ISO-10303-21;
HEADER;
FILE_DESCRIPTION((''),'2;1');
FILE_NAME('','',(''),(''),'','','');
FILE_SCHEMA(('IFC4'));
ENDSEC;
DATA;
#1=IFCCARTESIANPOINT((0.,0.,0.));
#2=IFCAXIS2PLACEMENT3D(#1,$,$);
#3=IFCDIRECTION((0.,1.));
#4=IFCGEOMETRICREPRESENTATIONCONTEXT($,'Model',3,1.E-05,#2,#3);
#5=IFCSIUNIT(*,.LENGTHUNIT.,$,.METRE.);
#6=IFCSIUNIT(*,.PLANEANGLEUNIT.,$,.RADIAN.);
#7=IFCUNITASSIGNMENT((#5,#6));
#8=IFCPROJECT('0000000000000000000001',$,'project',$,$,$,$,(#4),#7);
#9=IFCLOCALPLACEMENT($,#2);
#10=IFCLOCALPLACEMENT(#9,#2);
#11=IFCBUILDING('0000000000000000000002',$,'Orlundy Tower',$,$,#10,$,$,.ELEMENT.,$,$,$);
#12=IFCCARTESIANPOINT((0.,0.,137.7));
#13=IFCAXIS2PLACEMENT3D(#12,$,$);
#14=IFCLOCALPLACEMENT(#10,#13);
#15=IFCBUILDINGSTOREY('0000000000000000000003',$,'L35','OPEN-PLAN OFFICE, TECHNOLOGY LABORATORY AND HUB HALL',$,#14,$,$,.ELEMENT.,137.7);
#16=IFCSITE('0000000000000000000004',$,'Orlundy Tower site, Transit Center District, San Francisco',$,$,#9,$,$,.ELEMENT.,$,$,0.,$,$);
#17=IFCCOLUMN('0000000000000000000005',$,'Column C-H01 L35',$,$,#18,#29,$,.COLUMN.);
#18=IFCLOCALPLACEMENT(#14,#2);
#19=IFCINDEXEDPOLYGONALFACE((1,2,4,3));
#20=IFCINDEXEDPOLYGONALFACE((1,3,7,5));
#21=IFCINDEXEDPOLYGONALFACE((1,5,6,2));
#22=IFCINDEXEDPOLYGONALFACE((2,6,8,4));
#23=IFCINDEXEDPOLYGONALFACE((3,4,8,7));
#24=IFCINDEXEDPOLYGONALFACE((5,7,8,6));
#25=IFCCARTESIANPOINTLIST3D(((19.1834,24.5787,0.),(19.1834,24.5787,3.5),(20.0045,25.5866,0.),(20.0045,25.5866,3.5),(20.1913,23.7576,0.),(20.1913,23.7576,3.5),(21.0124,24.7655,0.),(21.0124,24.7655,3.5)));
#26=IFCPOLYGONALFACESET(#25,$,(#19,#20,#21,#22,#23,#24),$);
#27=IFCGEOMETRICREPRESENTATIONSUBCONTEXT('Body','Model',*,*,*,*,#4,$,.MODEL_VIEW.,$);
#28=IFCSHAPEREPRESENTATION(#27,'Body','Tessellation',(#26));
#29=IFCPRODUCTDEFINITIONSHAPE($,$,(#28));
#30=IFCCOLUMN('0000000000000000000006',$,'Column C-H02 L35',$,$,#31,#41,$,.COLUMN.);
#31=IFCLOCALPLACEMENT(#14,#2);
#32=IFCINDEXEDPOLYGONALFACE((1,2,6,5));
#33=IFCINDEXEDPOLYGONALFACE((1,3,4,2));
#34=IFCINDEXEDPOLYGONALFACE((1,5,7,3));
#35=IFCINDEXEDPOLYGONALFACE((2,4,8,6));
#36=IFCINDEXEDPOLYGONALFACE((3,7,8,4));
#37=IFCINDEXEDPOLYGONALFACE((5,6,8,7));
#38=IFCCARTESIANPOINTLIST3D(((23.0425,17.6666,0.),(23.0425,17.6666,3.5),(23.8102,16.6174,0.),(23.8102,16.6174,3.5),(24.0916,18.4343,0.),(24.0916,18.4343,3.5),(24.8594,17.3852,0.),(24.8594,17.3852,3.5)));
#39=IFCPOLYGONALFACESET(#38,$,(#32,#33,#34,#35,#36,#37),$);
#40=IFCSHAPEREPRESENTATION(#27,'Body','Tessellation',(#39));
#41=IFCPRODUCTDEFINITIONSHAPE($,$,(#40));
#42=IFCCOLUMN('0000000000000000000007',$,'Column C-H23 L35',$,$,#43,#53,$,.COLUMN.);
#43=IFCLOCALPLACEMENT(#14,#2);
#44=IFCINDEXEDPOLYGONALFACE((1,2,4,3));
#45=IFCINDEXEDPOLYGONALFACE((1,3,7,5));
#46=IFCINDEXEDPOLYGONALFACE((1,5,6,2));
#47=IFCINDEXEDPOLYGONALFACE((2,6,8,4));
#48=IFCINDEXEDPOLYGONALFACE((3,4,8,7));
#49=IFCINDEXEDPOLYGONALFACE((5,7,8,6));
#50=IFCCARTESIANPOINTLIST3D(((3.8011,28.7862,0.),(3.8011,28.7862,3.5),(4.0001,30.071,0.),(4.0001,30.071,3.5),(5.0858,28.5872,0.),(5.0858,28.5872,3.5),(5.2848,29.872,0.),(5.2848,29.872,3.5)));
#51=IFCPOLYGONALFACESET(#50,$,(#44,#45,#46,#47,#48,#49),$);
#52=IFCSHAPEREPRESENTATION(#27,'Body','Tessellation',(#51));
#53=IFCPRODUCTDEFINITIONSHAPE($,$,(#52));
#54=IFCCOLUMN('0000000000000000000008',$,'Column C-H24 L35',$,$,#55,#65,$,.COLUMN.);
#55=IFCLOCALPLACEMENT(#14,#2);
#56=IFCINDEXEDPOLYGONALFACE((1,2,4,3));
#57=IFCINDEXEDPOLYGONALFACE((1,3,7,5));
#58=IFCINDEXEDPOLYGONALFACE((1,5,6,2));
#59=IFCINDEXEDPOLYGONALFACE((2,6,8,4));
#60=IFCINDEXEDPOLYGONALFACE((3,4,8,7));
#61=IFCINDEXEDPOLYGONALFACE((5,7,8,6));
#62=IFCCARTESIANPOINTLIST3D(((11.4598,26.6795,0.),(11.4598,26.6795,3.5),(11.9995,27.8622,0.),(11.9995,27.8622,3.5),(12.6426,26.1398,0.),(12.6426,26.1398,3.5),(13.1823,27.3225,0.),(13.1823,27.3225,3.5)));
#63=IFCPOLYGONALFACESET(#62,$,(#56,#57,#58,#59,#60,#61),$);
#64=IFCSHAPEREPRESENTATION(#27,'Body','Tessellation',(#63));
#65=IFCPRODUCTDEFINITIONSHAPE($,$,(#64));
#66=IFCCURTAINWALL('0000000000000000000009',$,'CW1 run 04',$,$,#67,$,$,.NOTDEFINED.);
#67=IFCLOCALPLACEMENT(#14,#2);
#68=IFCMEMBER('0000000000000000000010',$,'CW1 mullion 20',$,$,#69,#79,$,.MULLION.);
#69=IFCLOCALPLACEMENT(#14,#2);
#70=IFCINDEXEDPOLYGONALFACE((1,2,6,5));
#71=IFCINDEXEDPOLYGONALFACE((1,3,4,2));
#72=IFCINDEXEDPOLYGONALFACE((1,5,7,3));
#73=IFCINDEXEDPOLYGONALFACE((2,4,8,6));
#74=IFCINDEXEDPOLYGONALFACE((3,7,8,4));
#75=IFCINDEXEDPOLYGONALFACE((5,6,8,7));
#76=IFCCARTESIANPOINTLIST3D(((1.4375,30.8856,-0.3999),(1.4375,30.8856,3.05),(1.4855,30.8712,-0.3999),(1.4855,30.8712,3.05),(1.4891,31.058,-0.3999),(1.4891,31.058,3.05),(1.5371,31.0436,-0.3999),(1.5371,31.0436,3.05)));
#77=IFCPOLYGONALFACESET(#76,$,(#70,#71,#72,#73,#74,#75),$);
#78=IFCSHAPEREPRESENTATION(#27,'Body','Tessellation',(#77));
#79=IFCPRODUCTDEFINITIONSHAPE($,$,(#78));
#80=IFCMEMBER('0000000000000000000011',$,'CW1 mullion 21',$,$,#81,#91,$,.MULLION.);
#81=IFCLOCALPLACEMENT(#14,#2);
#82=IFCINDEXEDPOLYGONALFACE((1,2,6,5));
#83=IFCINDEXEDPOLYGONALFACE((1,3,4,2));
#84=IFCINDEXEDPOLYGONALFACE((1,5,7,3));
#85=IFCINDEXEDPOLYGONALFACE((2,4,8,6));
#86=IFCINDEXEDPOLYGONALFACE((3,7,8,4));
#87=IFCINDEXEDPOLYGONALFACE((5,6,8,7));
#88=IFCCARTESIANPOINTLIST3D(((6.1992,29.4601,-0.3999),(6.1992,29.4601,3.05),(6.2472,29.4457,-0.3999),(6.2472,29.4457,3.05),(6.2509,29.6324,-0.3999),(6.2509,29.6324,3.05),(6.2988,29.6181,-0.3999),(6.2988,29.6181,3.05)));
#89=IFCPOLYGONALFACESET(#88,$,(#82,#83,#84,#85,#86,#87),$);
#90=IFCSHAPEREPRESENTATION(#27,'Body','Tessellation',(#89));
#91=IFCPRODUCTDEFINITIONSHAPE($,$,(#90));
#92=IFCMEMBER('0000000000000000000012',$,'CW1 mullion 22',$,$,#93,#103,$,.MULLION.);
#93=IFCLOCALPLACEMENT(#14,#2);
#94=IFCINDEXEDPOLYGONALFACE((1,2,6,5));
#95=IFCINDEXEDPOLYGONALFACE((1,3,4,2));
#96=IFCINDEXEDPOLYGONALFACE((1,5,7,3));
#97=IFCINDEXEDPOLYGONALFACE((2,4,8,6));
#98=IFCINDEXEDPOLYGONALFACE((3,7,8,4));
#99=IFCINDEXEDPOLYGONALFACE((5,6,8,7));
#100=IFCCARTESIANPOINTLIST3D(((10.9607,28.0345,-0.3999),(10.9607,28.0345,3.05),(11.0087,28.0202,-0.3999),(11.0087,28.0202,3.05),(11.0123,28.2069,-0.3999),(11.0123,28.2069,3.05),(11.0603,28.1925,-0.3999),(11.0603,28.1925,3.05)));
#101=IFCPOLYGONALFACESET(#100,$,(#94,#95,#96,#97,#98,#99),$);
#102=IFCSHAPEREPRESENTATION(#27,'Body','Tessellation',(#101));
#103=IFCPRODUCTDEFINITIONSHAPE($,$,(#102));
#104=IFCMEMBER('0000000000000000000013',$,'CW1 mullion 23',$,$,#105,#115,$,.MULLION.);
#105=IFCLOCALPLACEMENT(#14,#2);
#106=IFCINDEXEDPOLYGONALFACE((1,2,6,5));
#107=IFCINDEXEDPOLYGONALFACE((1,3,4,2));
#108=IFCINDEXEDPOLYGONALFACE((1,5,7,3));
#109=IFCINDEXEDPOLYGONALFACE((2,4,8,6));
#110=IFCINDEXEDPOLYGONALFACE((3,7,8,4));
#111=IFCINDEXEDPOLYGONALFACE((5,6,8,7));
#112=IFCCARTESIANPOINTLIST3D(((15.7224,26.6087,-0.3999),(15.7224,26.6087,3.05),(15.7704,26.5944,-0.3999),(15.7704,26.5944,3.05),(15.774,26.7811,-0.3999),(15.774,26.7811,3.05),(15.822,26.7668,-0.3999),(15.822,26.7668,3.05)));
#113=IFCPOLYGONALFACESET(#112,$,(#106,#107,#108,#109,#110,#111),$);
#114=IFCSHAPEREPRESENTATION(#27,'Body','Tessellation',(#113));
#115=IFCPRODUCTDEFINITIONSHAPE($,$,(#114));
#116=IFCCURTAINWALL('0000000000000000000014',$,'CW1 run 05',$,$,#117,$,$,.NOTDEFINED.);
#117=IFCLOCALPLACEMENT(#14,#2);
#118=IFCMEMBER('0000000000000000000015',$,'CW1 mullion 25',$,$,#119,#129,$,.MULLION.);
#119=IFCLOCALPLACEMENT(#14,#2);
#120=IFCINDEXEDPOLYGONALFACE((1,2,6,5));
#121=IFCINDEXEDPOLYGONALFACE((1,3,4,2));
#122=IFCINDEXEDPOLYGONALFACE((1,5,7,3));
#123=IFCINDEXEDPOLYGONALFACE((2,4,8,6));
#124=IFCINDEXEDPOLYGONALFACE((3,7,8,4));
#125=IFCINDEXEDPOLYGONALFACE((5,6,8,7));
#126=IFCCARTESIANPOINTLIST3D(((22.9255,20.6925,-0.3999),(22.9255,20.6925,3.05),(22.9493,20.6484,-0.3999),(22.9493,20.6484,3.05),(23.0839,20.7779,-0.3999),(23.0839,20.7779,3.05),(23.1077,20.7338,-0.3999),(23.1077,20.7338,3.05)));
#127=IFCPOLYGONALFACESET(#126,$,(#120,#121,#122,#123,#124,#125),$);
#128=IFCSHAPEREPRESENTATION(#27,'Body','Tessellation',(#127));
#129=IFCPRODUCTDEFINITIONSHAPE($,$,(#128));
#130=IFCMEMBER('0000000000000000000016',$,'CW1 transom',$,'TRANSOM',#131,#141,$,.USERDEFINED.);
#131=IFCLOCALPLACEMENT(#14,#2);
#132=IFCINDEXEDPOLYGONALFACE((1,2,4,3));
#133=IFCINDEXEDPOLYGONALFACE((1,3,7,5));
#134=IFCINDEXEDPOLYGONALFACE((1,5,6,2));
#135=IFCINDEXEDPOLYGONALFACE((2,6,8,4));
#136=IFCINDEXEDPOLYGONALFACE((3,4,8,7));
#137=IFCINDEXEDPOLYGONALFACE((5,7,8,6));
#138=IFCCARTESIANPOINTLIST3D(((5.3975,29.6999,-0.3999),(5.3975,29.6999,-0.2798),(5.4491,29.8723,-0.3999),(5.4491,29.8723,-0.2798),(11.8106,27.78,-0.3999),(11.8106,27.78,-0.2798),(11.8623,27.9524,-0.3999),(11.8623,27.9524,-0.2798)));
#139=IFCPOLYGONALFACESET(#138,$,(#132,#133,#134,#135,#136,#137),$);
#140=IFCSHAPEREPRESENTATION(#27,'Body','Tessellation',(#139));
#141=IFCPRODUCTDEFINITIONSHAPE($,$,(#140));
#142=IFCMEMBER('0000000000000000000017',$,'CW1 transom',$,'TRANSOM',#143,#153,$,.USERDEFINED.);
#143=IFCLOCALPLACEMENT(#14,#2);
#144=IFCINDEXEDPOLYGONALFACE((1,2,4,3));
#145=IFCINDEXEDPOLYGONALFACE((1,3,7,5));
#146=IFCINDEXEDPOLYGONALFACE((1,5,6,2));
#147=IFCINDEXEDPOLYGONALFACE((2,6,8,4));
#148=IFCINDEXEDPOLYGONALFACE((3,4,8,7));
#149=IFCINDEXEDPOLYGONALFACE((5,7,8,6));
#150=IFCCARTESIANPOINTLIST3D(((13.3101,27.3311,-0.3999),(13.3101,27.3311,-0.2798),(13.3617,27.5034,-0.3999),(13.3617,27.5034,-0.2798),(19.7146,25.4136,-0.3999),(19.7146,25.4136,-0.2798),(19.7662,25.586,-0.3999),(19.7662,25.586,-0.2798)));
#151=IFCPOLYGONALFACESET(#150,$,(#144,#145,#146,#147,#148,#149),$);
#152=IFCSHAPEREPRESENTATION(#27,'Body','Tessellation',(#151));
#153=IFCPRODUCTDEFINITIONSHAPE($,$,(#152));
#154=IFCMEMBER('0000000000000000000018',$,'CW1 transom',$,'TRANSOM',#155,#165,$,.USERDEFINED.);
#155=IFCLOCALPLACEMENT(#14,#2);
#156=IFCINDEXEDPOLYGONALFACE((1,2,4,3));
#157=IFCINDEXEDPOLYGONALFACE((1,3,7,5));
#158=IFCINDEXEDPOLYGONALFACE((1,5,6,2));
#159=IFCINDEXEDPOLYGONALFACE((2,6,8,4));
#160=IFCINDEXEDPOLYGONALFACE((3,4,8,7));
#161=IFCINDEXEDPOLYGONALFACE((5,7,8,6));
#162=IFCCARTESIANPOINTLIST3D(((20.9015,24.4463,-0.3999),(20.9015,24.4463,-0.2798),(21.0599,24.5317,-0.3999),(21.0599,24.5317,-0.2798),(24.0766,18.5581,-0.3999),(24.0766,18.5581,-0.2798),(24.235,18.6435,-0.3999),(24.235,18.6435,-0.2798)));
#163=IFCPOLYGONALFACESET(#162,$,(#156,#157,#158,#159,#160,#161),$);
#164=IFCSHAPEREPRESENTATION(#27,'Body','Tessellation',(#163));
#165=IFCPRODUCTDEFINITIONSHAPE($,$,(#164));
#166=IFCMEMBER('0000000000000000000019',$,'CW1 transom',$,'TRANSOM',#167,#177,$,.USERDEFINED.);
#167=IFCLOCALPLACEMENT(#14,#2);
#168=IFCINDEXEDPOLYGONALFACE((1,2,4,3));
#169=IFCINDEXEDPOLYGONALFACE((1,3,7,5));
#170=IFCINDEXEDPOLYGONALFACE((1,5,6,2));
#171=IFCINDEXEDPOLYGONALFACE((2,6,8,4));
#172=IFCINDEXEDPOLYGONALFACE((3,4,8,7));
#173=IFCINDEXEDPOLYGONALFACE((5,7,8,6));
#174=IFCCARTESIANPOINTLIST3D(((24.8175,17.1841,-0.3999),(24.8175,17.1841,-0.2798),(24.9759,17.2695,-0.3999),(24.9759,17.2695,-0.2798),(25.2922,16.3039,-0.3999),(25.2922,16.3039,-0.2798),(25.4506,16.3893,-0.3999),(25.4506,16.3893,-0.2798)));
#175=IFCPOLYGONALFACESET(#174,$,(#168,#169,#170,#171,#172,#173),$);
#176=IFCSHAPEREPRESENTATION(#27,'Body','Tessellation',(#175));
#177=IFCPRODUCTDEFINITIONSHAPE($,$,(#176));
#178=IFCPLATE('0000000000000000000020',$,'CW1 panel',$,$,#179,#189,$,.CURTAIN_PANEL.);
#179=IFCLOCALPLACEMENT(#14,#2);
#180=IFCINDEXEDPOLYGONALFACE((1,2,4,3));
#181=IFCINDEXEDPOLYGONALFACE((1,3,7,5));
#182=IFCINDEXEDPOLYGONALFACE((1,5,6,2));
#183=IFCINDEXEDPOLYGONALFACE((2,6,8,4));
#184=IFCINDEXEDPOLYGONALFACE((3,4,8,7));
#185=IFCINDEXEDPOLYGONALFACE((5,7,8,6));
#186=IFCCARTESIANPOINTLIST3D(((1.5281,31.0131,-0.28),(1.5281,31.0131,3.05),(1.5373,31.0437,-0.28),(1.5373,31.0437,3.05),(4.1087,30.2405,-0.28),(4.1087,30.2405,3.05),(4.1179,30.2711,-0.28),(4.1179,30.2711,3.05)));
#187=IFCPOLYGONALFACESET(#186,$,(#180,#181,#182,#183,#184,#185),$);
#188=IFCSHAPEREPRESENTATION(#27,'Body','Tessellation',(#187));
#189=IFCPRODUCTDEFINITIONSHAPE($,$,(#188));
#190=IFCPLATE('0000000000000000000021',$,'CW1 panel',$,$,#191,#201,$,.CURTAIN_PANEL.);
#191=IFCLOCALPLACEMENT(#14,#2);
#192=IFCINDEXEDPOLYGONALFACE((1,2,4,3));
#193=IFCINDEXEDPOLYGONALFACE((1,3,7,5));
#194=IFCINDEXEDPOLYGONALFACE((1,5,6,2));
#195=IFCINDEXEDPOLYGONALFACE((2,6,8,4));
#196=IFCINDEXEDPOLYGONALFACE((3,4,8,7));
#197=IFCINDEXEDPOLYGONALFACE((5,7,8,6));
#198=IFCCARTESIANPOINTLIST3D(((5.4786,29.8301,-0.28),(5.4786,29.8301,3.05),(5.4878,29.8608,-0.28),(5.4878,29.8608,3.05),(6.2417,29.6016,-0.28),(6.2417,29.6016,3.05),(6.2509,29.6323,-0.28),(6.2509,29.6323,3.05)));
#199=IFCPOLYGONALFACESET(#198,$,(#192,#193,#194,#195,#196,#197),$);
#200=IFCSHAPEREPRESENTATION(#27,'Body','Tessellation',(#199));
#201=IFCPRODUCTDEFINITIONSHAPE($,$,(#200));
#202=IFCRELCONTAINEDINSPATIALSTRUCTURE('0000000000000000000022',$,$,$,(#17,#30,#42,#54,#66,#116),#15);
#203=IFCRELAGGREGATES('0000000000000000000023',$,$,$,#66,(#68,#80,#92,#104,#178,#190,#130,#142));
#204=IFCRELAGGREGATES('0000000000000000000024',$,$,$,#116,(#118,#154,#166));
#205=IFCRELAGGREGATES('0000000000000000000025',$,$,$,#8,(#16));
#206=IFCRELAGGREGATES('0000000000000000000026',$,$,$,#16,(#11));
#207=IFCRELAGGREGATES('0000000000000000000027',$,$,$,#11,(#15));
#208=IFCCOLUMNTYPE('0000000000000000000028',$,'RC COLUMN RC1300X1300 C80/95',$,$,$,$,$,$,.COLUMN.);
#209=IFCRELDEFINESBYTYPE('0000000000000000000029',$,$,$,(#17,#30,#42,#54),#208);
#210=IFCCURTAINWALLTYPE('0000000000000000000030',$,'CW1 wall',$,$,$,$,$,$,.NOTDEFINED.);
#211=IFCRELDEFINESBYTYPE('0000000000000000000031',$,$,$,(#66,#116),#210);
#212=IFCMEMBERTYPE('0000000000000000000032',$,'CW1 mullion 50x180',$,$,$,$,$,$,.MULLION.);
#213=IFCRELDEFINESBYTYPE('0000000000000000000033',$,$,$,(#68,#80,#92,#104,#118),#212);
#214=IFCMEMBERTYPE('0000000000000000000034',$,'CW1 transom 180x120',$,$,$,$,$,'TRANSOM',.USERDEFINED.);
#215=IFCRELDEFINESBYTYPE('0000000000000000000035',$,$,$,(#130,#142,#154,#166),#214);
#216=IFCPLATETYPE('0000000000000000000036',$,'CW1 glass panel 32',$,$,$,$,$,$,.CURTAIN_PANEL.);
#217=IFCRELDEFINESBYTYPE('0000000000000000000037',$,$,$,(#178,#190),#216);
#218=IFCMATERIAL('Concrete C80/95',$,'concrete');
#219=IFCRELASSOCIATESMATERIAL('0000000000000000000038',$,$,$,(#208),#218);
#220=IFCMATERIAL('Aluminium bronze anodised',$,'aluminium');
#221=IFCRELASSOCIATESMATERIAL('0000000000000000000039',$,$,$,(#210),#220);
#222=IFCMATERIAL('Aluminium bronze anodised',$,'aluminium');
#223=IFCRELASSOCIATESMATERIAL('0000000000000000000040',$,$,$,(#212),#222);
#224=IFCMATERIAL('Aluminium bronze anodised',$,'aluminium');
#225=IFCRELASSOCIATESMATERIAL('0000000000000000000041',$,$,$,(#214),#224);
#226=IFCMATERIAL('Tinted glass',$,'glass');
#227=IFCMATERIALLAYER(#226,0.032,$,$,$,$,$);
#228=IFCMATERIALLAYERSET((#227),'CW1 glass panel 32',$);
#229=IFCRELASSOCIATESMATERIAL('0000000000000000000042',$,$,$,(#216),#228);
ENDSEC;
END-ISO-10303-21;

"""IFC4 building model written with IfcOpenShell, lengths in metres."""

from ifc_helpers import new_model, si_unit, direction, frame, origin, origin_2d, place, context, subcontext, project, spatial, rectangle, extrude, material, layer, layer_set, material_profile, profile_set, type_object, element, aggregate, save


model = new_model("IFC4")

# Units and contexts
model_context = context("Model", 3, precision=1e-05, world=origin(), true_north=direction((0.0, 1.0)))
body_context = subcontext(model_context, "Body", "Model", "MODEL_VIEW")
ifc_project = project(units=[si_unit("LENGTHUNIT", "METRE"), si_unit("PLANEANGLEUNIT", "RADIAN")], contexts=[model_context])

# Site, building, storey
site_placement = place(None, origin())
site = spatial("IfcSite", under=ifc_project, at=site_placement, Name="Orlundy Tower site, Transit Center District, San Francisco", CompositionType="ELEMENT", RefElevation=0.0)
building_placement = place(site_placement, origin())
building = spatial("IfcBuilding", under=site, at=building_placement, Name="Orlundy Tower", CompositionType="ELEMENT")
storey_placement = place(building_placement, frame((0.0, 0.0, 137.7)))
storey = spatial("IfcBuildingStorey", under=building, at=storey_placement, Name="L35", Description="OPEN-PLAN OFFICE, TECHNOLOGY LABORATORY AND HUB HALL", CompositionType="ELEMENT", Elevation=137.7)

# Columns
ifc_material_1 = material(Name="Concrete C80/95", Category="concrete")
ifc_material_profile_1 = material_profile(ifc_material_1, rectangle(XDim=1.3, YDim=1.3, at=origin_2d()), Name="RC1300X1300")
ifc_profile_set_1 = profile_set([ifc_material_profile_1], Name="Concrete C80/95")
column_type = type_object("IfcColumnType", Name="RC COLUMN RC1300X1300 C80/95", PredefinedType="COLUMN", material=ifc_profile_set_1)
for number, where, z_axis, x_axis, name in (
    (1, (20.0979, 24.6721, 0.0), (0.0, 0.0, 1.0), (0.631583, 0.775308, 0.0), "Column C-H01 L35"),
    (2, (23.9509, 17.5259, 0.0), (0.0, 0.0, 1.0), (0.807012, 0.590535, 0.0), "Column C-H02 L35"),
    (3, (4.543, 29.3291, 0.0), (0.0, 0.0, 1.0), (0.153072, 0.988215, 0.0), "Column C-H23 L35"),
    (4, (12.321, 27.001, 0.0), (0.0, 0.0, 1.0), (0.415138, 0.909759, 0.0), "Column C-H24 L35"),
):
    element("IfcColumn", number, at=place(storey_placement, frame(where, z_axis=z_axis, x_axis=x_axis)), inside=storey, type_object=column_type, Name=name, PredefinedType="COLUMN", context=body_context, shape_type="SweptSolid", body=[
        extrude(rectangle(XDim=1.3, YDim=1.3, at=origin_2d()), origin(), (0.0, 0.0, 1.0), 3.5),
    ])

# Curtain wall, members
ifc_material_2 = material(Name="Aluminium bronze anodised", Category="aluminium")
curtain_wall_type = type_object("IfcCurtainWallType", Name="CW1 wall", PredefinedType="NOTDEFINED", material=ifc_material_2)
curtain_wall_1_placement = place(storey_placement, origin())
curtain_wall_1 = element("IfcCurtainWall", 5, at=curtain_wall_1_placement, inside=storey, type_object=curtain_wall_type, Name="CW1 run 04", PredefinedType="NOTDEFINED")
ifc_material_3 = material(Name="Aluminium bronze anodised", Category="aluminium")
ifc_material_profile_2 = material_profile(ifc_material_3, rectangle(XDim=0.1799, YDim=0.05, at=origin_2d()), Name="CW1 mullion 50x180")
ifc_profile_set_2 = profile_set([ifc_material_profile_2], Name="Aluminium bronze anodised")
member_type_1 = type_object("IfcMemberType", Name="CW1 mullion 50x180", PredefinedType="MULLION", material=ifc_profile_set_2)
member_1_placement = place(storey_placement, frame((1.4873, 30.9646, -0.3999), z_axis=(0.0, 0.0, 1.0), x_axis=(0.286816, 0.957986, 0.0)))
member_1 = element("IfcMember", 6, at=member_1_placement, type_object=member_type_1, Name="CW1 mullion 20", PredefinedType="MULLION", context=body_context, shape_type="SweptSolid", body=[
    extrude(rectangle(XDim=0.1799, YDim=0.05, at=origin_2d()), origin(), (0.0, 0.0, 1.0), 3.45),
])
member_2_placement = place(storey_placement, frame((6.249, 29.5391, -0.3999), z_axis=(0.0, 0.0, 1.0), x_axis=(0.286816, 0.957986, 0.0)))
member_2 = element("IfcMember", 7, at=member_2_placement, type_object=member_type_1, Name="CW1 mullion 21", PredefinedType="MULLION", context=body_context, shape_type="SweptSolid", body=[
    extrude(rectangle(XDim=0.1799, YDim=0.05, at=origin_2d()), origin(), (0.0, 0.0, 1.0), 3.45),
])
member_3_placement = place(storey_placement, frame((11.0105, 28.1135, -0.3999), z_axis=(0.0, 0.0, 1.0), x_axis=(0.286816, 0.957986, 0.0)))
member_3 = element("IfcMember", 8, at=member_3_placement, type_object=member_type_1, Name="CW1 mullion 22", PredefinedType="MULLION", context=body_context, shape_type="SweptSolid", body=[
    extrude(rectangle(XDim=0.1799, YDim=0.05, at=origin_2d()), origin(), (0.0, 0.0, 1.0), 3.45),
])
member_4_placement = place(storey_placement, frame((15.7722, 26.6877, -0.3999), z_axis=(0.0, 0.0, 1.0), x_axis=(0.286816, 0.957986, 0.0)))
member_4 = element("IfcMember", 9, at=member_4_placement, type_object=member_type_1, Name="CW1 mullion 23", PredefinedType="MULLION", context=body_context, shape_type="SweptSolid", body=[
    extrude(rectangle(XDim=0.1799, YDim=0.05, at=origin_2d()), origin(), (0.0, 0.0, 1.0), 3.45),
])

# Curtain wall, member
curtain_wall_2_placement = place(storey_placement, origin())
curtain_wall_2 = element("IfcCurtainWall", 10, at=curtain_wall_2_placement, inside=storey, type_object=curtain_wall_type, Name="CW1 run 05", PredefinedType="NOTDEFINED")
member_5_placement = place(storey_placement, frame((23.0166, 20.7131, -0.3999), z_axis=(0.0, 0.0, 1.0), x_axis=(0.880189, 0.474624, 0.0)))
member_5 = element("IfcMember", 11, at=member_5_placement, type_object=member_type_1, Name="CW1 mullion 25", PredefinedType="MULLION", context=body_context, shape_type="SweptSolid", body=[
    extrude(rectangle(XDim=0.1799, YDim=0.05, at=origin_2d()), origin(), (0.0, 0.0, 1.0), 3.45),
])

# Members
ifc_material_4 = material(Name="Aluminium bronze anodised", Category="aluminium")
ifc_material_profile_3 = material_profile(ifc_material_4, rectangle(XDim=0.1799, YDim=0.1201, at=origin_2d()), Name="CW1 transom 180x120")
ifc_profile_set_3 = profile_set([ifc_material_profile_3], Name="Aluminium bronze anodised")
member_type_2 = type_object("IfcMemberType", Name="CW1 transom 180x120", ElementType="TRANSOM", PredefinedType="USERDEFINED", material=ifc_profile_set_3)
member_6_placement = place(storey_placement, frame((5.4233, 29.7861, -0.3398), z_axis=(0.957991, -0.286799, 0.0), x_axis=(0.286799, 0.957991, 0.0)))
member_6 = element("IfcMember", 12, at=member_6_placement, type_object=member_type_2, Name="CW1 transom", ObjectType="TRANSOM", PredefinedType="USERDEFINED", context=body_context, shape_type="SweptSolid", body=[
    extrude(rectangle(XDim=0.1799, YDim=0.1201, at=origin_2d()), origin(), (0.0, 0.0, 1.0), 6.6943),
])
member_7_placement = place(storey_placement, frame((13.3359, 27.4172, -0.3398), z_axis=(0.957986, -0.286815, 0.0), x_axis=(0.286815, 0.957986, 0.0)))
member_7 = element("IfcMember", 13, at=member_7_placement, type_object=member_type_2, Name="CW1 transom", ObjectType="TRANSOM", PredefinedType="USERDEFINED", context=body_context, shape_type="SweptSolid", body=[
    extrude(rectangle(XDim=0.1799, YDim=0.1201, at=origin_2d()), origin(), (0.0, 0.0, 1.0), 6.6853),
])
member_8_placement = place(storey_placement, frame((20.9807, 24.489, -0.3398), z_axis=(0.47462, -0.880191, 0.0), x_axis=(0.880191, 0.47462, 0.0)))
member_8 = element("IfcMember", 14, at=member_8_placement, type_object=member_type_2, Name="CW1 transom", ObjectType="TRANSOM", PredefinedType="USERDEFINED", context=body_context, shape_type="SweptSolid", body=[
    extrude(rectangle(XDim=0.1799, YDim=0.1201, at=origin_2d()), origin(), (0.0, 0.0, 1.0), 6.6897),
])
member_9_placement = place(storey_placement, frame((24.8967, 17.2268, -0.3398), z_axis=(0.474638, -0.880181, 0.0), x_axis=(0.880181, 0.474638, 0.0)))
member_9 = element("IfcMember", 15, at=member_9_placement, type_object=member_type_2, Name="CW1 transom", ObjectType="TRANSOM", PredefinedType="USERDEFINED", context=body_context, shape_type="SweptSolid", body=[
    extrude(rectangle(XDim=0.1799, YDim=0.1201, at=origin_2d()), origin(), (0.0, 0.0, 1.0), 1.0),
])

# Plates
ifc_material_5 = material(Name="Tinted glass", Category="glass")
ifc_layer_1 = layer(ifc_material_5, 0.032)
ifc_layer_set_1 = layer_set([ifc_layer_1], Name="CW1 glass panel 32")
plate_type = type_object("IfcPlateType", Name="CW1 glass panel 32", PredefinedType="CURTAIN_PANEL", material=ifc_layer_set_1)
plate_1_placement = place(storey_placement, frame((2.823, 30.6421, -0.28), z_axis=(0.0, 0.0, 1.0), x_axis=(0.957986, -0.286816, 0.0)))
plate_1 = element("IfcPlate", 16, at=plate_1_placement, type_object=plate_type, Name="CW1 panel", PredefinedType="CURTAIN_PANEL", context=body_context, shape_type="SweptSolid", body=[
    extrude(rectangle(XDim=2.6938, YDim=0.032, at=origin_2d()), origin(), (0.0, 0.0, 1.0), 3.3301),
])
plate_2_placement = place(storey_placement, frame((5.8647, 29.7312, -0.28), z_axis=(0.0, 0.0, 1.0), x_axis=(0.957986, -0.286816, 0.0)))
plate_2 = element("IfcPlate", 17, at=plate_2_placement, type_object=plate_type, Name="CW1 panel", PredefinedType="CURTAIN_PANEL", context=body_context, shape_type="SweptSolid", body=[
    extrude(rectangle(XDim=0.7966, YDim=0.032, at=origin_2d()), origin(), (0.0, 0.0, 1.0), 3.3301),
])
aggregate(curtain_wall_1, [member_1, member_2, member_3, member_4, plate_1, plate_2, member_6, member_7])
aggregate(curtain_wall_2, [member_5, member_8, member_9])

save(model, "model.ifc")
